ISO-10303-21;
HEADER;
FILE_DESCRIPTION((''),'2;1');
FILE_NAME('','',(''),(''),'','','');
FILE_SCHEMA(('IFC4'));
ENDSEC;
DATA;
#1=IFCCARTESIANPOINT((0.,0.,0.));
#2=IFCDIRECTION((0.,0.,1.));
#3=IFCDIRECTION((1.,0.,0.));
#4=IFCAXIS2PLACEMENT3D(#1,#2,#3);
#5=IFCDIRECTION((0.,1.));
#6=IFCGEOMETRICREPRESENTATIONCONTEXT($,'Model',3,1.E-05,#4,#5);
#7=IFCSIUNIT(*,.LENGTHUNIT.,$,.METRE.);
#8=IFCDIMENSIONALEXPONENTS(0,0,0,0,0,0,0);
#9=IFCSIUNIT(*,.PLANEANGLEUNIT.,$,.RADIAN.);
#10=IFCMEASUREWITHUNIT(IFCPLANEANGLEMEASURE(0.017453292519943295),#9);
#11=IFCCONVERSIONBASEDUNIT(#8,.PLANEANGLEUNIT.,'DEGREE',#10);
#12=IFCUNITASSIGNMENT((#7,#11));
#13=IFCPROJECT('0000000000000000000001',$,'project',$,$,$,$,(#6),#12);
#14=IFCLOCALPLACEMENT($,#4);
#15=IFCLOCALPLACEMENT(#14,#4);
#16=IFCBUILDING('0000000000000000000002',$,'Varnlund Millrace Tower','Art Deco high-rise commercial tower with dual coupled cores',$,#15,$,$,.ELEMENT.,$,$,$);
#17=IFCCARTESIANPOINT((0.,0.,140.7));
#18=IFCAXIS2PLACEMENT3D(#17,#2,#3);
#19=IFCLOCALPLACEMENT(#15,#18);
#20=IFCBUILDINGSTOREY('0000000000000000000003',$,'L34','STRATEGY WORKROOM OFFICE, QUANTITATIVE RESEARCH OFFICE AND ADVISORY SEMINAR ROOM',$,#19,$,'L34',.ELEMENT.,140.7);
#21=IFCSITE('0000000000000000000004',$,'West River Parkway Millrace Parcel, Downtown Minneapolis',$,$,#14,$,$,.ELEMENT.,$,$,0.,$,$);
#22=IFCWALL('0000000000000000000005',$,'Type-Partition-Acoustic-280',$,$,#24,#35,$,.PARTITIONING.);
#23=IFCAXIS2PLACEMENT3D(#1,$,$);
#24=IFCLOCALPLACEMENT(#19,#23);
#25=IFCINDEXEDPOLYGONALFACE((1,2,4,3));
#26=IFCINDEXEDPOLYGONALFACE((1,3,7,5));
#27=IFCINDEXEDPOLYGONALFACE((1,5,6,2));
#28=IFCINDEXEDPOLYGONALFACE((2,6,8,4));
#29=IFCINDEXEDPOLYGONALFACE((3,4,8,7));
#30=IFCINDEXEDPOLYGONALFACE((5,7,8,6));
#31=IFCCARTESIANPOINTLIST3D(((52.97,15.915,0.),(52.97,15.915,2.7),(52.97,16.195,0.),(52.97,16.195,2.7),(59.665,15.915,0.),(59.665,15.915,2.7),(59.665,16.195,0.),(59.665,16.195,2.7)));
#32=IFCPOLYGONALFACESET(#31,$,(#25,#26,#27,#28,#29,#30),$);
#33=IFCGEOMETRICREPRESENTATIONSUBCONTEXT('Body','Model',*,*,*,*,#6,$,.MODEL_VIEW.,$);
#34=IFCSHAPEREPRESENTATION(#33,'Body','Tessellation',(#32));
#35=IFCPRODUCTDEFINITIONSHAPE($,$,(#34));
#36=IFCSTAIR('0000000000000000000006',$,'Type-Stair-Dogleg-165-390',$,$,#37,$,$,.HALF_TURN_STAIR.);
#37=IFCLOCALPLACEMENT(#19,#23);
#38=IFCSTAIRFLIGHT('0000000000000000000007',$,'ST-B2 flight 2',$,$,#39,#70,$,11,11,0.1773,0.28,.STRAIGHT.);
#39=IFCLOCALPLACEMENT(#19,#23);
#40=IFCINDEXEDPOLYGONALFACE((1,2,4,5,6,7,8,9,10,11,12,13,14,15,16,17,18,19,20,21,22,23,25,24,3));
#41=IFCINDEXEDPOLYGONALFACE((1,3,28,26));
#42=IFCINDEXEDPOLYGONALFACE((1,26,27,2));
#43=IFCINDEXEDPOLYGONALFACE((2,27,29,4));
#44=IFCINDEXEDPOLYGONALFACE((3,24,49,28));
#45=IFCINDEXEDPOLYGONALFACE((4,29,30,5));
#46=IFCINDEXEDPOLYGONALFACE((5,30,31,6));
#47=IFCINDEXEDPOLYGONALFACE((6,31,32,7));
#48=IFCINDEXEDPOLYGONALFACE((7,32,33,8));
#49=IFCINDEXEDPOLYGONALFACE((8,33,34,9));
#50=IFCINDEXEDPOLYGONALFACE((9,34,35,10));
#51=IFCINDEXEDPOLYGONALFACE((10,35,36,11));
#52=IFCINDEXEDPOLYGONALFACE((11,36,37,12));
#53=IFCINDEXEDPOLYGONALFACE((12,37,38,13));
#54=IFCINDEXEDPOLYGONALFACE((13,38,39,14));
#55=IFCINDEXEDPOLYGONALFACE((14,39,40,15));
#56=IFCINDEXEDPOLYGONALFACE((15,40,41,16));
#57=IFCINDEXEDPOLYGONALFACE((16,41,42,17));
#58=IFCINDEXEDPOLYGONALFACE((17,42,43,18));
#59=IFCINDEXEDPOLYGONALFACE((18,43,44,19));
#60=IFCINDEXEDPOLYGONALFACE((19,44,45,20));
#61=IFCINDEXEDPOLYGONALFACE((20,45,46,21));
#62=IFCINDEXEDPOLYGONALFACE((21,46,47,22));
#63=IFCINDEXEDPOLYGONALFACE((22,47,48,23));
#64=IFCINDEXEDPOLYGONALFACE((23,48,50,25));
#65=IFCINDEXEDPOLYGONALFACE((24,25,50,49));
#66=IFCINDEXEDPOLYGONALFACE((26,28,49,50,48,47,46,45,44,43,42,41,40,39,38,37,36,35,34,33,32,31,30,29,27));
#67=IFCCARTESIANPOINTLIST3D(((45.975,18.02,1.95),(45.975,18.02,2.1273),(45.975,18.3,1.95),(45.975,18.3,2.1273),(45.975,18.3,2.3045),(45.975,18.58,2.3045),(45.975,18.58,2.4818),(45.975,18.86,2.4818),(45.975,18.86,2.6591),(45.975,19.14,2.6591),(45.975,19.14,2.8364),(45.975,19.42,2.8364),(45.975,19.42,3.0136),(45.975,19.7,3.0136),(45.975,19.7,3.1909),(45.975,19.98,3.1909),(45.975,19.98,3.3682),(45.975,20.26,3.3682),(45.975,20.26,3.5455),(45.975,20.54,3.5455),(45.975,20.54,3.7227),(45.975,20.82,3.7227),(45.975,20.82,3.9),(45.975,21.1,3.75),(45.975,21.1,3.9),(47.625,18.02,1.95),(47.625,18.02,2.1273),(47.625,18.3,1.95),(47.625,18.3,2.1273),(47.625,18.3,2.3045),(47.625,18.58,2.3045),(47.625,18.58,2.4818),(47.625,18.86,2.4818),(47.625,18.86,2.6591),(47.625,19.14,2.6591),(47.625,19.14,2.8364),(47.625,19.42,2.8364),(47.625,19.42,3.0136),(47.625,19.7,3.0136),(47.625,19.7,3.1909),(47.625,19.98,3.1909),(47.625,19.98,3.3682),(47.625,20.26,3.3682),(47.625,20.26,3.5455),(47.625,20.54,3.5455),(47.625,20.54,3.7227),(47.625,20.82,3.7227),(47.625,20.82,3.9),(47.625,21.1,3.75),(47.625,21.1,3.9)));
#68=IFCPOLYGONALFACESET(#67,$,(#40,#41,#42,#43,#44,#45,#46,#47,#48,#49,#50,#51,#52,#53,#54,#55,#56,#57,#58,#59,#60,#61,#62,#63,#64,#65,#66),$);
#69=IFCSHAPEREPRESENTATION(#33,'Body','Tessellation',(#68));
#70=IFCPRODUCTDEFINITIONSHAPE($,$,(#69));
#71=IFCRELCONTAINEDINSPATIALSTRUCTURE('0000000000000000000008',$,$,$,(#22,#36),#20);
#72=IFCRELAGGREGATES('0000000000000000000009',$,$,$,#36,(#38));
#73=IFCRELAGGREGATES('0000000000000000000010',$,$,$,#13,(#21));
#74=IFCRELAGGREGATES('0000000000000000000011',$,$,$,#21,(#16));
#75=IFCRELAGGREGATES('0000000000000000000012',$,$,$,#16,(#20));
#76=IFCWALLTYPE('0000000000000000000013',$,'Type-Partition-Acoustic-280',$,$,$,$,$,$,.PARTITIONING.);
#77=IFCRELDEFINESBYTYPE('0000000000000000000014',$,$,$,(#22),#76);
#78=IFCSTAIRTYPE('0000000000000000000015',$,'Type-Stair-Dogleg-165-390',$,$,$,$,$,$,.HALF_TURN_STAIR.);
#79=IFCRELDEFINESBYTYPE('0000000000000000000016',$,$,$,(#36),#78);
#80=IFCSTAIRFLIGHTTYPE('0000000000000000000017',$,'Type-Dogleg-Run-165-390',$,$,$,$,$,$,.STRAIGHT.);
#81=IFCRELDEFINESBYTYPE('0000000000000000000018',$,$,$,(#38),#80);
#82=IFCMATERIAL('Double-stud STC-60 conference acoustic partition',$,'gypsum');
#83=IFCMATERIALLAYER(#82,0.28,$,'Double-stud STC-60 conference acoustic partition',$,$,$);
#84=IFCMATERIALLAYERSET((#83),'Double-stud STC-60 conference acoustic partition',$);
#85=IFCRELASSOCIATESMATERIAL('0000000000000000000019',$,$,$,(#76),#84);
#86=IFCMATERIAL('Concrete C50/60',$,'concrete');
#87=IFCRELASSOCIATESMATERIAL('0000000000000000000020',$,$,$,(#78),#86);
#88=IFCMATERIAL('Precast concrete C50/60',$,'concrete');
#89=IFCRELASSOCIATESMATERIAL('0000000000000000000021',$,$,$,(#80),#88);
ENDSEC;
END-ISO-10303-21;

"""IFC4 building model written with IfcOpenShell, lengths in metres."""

from ifc_helpers import new_model, entity, si_unit, converted_unit, direction, frame, origin_with_axes, place, context, subcontext, project, spatial, polyline, outline, extrude, material, layer, layer_set, type_object, element, aggregate, save


model = new_model("IFC4")

# Units and contexts
model_context = context("Model", 3, precision=1e-05, world=origin_with_axes(), true_north=direction((0.0, 1.0)))
body_context = subcontext(model_context, "Body", "Model", "MODEL_VIEW")
ifc_project = project(units=[si_unit("LENGTHUNIT", "METRE"), converted_unit("PLANEANGLEUNIT", "DEGREE", entity("IfcPlaneAngleMeasure", 0.017453292519943295), si_unit("PLANEANGLEUNIT", "RADIAN"), dimensions=[0, 0, 0, 0, 0, 0, 0])], contexts=[model_context])

# Site, building, storey
site_placement = place(None, origin_with_axes())
site = spatial("IfcSite", under=ifc_project, at=site_placement, Name="West River Parkway Millrace Parcel, Downtown Minneapolis", CompositionType="ELEMENT", RefElevation=0.0)
building_placement = place(site_placement, origin_with_axes())
building = spatial("IfcBuilding", under=site, at=building_placement, Name="Varnlund Millrace Tower", Description="Art Deco high-rise commercial tower with dual coupled cores", CompositionType="ELEMENT")
storey_placement = place(building_placement, frame((0.0, 0.0, 140.7), z_axis=(0.0, 0.0, 1.0), x_axis=(1.0, 0.0, 0.0)))
storey = spatial("IfcBuildingStorey", under=building, at=storey_placement, Name="L34", Description="STRATEGY WORKROOM OFFICE, QUANTITATIVE RESEARCH OFFICE AND ADVISORY SEMINAR ROOM", LongName="L34", CompositionType="ELEMENT", Elevation=140.7)

# Shared definitions
ifc_material_1 = material(Name="Precast concrete C50/60", Category="concrete")

# Wall
ifc_material_2 = material(Name="Double-stud STC-60 conference acoustic partition", Category="gypsum")
ifc_layer_1 = layer(ifc_material_2, 0.28, Name="Double-stud STC-60 conference acoustic partition")
ifc_layer_set_1 = layer_set([ifc_layer_1], Name="Double-stud STC-60 conference acoustic partition")
wall_type_1 = type_object("IfcWallType", Name="Type-Partition-Acoustic-280", PredefinedType="PARTITIONING", material=ifc_layer_set_1)
wall_1_placement = place(storey_placement, frame((52.97, 16.055, 0.0), z_axis=(0.0, 0.0, 1.0), x_axis=(1.0, 0.0, 0.0)))
element("IfcWall", 1, at=wall_1_placement, inside=storey, type_object=wall_type_1, Name="Type-Partition-Acoustic-280", PredefinedType="PARTITIONING", context=body_context, shape_type="SweptSolid", body=[
    extrude(outline(polyline([(0.0, -0.14), (6.695, -0.14), (6.695, 0.14), (0.0, 0.14), (0.0, -0.14)])), origin_with_axes(), (0.0, 0.0, 1.0), 2.7),
])

# Stair, stair flight
ifc_material_3 = material(Name="Concrete C50/60", Category="concrete")
stair_type = type_object("IfcStairType", Name="Type-Stair-Dogleg-165-390", PredefinedType="HALF_TURN_STAIR", material=ifc_material_3)
stair_placement = place(storey_placement, origin_with_axes())
stair = element("IfcStair", 2, at=stair_placement, inside=storey, type_object=stair_type, Name="Type-Stair-Dogleg-165-390", PredefinedType="HALF_TURN_STAIR")
stair_flight_type = type_object("IfcStairFlightType", Name="Type-Dogleg-Run-165-390", PredefinedType="STRAIGHT", material=ifc_material_1)
stair_flight_placement = place(storey_placement, frame((45.975, 18.02, 1.95), z_axis=(1.0, 0.0, 0.0), x_axis=(0.0, 1.0, 0.0)))
stair_flight = element("IfcStairFlight", 3, at=stair_flight_placement, type_object=stair_flight_type, Name="ST-B2 flight 2", NumberOfRisers=11, NumberOfTreads=11, PredefinedType="STRAIGHT", RiserHeight=0.1773, TreadLength=0.28, context=body_context, shape_type="SweptSolid", body=[
    extrude(outline(polyline([(0.0, 0.0), (0.0, 0.1773), (0.28, 0.1773), (0.28, 0.3545), (0.56, 0.3545), (0.56, 0.5318), (0.84, 0.5318), (0.84, 0.7091), (1.12, 0.7091), (1.12, 0.8864), (1.4, 0.8864), (1.4, 1.0636), (1.68, 1.0636), (1.68, 1.2409), (1.96, 1.2409), (1.96, 1.4182), (2.24, 1.4182), (2.24, 1.5955), (2.52, 1.5955), (2.52, 1.7727), (2.8, 1.7727), (2.8, 1.95), (3.08, 1.95), (3.08, 1.8), (0.28, 0.0), (0.0, 0.0)])), origin_with_axes(), (0.0, 0.0, 1.0), 1.65),
])
aggregate(stair, [stair_flight])

save(model, "model.ifc")
